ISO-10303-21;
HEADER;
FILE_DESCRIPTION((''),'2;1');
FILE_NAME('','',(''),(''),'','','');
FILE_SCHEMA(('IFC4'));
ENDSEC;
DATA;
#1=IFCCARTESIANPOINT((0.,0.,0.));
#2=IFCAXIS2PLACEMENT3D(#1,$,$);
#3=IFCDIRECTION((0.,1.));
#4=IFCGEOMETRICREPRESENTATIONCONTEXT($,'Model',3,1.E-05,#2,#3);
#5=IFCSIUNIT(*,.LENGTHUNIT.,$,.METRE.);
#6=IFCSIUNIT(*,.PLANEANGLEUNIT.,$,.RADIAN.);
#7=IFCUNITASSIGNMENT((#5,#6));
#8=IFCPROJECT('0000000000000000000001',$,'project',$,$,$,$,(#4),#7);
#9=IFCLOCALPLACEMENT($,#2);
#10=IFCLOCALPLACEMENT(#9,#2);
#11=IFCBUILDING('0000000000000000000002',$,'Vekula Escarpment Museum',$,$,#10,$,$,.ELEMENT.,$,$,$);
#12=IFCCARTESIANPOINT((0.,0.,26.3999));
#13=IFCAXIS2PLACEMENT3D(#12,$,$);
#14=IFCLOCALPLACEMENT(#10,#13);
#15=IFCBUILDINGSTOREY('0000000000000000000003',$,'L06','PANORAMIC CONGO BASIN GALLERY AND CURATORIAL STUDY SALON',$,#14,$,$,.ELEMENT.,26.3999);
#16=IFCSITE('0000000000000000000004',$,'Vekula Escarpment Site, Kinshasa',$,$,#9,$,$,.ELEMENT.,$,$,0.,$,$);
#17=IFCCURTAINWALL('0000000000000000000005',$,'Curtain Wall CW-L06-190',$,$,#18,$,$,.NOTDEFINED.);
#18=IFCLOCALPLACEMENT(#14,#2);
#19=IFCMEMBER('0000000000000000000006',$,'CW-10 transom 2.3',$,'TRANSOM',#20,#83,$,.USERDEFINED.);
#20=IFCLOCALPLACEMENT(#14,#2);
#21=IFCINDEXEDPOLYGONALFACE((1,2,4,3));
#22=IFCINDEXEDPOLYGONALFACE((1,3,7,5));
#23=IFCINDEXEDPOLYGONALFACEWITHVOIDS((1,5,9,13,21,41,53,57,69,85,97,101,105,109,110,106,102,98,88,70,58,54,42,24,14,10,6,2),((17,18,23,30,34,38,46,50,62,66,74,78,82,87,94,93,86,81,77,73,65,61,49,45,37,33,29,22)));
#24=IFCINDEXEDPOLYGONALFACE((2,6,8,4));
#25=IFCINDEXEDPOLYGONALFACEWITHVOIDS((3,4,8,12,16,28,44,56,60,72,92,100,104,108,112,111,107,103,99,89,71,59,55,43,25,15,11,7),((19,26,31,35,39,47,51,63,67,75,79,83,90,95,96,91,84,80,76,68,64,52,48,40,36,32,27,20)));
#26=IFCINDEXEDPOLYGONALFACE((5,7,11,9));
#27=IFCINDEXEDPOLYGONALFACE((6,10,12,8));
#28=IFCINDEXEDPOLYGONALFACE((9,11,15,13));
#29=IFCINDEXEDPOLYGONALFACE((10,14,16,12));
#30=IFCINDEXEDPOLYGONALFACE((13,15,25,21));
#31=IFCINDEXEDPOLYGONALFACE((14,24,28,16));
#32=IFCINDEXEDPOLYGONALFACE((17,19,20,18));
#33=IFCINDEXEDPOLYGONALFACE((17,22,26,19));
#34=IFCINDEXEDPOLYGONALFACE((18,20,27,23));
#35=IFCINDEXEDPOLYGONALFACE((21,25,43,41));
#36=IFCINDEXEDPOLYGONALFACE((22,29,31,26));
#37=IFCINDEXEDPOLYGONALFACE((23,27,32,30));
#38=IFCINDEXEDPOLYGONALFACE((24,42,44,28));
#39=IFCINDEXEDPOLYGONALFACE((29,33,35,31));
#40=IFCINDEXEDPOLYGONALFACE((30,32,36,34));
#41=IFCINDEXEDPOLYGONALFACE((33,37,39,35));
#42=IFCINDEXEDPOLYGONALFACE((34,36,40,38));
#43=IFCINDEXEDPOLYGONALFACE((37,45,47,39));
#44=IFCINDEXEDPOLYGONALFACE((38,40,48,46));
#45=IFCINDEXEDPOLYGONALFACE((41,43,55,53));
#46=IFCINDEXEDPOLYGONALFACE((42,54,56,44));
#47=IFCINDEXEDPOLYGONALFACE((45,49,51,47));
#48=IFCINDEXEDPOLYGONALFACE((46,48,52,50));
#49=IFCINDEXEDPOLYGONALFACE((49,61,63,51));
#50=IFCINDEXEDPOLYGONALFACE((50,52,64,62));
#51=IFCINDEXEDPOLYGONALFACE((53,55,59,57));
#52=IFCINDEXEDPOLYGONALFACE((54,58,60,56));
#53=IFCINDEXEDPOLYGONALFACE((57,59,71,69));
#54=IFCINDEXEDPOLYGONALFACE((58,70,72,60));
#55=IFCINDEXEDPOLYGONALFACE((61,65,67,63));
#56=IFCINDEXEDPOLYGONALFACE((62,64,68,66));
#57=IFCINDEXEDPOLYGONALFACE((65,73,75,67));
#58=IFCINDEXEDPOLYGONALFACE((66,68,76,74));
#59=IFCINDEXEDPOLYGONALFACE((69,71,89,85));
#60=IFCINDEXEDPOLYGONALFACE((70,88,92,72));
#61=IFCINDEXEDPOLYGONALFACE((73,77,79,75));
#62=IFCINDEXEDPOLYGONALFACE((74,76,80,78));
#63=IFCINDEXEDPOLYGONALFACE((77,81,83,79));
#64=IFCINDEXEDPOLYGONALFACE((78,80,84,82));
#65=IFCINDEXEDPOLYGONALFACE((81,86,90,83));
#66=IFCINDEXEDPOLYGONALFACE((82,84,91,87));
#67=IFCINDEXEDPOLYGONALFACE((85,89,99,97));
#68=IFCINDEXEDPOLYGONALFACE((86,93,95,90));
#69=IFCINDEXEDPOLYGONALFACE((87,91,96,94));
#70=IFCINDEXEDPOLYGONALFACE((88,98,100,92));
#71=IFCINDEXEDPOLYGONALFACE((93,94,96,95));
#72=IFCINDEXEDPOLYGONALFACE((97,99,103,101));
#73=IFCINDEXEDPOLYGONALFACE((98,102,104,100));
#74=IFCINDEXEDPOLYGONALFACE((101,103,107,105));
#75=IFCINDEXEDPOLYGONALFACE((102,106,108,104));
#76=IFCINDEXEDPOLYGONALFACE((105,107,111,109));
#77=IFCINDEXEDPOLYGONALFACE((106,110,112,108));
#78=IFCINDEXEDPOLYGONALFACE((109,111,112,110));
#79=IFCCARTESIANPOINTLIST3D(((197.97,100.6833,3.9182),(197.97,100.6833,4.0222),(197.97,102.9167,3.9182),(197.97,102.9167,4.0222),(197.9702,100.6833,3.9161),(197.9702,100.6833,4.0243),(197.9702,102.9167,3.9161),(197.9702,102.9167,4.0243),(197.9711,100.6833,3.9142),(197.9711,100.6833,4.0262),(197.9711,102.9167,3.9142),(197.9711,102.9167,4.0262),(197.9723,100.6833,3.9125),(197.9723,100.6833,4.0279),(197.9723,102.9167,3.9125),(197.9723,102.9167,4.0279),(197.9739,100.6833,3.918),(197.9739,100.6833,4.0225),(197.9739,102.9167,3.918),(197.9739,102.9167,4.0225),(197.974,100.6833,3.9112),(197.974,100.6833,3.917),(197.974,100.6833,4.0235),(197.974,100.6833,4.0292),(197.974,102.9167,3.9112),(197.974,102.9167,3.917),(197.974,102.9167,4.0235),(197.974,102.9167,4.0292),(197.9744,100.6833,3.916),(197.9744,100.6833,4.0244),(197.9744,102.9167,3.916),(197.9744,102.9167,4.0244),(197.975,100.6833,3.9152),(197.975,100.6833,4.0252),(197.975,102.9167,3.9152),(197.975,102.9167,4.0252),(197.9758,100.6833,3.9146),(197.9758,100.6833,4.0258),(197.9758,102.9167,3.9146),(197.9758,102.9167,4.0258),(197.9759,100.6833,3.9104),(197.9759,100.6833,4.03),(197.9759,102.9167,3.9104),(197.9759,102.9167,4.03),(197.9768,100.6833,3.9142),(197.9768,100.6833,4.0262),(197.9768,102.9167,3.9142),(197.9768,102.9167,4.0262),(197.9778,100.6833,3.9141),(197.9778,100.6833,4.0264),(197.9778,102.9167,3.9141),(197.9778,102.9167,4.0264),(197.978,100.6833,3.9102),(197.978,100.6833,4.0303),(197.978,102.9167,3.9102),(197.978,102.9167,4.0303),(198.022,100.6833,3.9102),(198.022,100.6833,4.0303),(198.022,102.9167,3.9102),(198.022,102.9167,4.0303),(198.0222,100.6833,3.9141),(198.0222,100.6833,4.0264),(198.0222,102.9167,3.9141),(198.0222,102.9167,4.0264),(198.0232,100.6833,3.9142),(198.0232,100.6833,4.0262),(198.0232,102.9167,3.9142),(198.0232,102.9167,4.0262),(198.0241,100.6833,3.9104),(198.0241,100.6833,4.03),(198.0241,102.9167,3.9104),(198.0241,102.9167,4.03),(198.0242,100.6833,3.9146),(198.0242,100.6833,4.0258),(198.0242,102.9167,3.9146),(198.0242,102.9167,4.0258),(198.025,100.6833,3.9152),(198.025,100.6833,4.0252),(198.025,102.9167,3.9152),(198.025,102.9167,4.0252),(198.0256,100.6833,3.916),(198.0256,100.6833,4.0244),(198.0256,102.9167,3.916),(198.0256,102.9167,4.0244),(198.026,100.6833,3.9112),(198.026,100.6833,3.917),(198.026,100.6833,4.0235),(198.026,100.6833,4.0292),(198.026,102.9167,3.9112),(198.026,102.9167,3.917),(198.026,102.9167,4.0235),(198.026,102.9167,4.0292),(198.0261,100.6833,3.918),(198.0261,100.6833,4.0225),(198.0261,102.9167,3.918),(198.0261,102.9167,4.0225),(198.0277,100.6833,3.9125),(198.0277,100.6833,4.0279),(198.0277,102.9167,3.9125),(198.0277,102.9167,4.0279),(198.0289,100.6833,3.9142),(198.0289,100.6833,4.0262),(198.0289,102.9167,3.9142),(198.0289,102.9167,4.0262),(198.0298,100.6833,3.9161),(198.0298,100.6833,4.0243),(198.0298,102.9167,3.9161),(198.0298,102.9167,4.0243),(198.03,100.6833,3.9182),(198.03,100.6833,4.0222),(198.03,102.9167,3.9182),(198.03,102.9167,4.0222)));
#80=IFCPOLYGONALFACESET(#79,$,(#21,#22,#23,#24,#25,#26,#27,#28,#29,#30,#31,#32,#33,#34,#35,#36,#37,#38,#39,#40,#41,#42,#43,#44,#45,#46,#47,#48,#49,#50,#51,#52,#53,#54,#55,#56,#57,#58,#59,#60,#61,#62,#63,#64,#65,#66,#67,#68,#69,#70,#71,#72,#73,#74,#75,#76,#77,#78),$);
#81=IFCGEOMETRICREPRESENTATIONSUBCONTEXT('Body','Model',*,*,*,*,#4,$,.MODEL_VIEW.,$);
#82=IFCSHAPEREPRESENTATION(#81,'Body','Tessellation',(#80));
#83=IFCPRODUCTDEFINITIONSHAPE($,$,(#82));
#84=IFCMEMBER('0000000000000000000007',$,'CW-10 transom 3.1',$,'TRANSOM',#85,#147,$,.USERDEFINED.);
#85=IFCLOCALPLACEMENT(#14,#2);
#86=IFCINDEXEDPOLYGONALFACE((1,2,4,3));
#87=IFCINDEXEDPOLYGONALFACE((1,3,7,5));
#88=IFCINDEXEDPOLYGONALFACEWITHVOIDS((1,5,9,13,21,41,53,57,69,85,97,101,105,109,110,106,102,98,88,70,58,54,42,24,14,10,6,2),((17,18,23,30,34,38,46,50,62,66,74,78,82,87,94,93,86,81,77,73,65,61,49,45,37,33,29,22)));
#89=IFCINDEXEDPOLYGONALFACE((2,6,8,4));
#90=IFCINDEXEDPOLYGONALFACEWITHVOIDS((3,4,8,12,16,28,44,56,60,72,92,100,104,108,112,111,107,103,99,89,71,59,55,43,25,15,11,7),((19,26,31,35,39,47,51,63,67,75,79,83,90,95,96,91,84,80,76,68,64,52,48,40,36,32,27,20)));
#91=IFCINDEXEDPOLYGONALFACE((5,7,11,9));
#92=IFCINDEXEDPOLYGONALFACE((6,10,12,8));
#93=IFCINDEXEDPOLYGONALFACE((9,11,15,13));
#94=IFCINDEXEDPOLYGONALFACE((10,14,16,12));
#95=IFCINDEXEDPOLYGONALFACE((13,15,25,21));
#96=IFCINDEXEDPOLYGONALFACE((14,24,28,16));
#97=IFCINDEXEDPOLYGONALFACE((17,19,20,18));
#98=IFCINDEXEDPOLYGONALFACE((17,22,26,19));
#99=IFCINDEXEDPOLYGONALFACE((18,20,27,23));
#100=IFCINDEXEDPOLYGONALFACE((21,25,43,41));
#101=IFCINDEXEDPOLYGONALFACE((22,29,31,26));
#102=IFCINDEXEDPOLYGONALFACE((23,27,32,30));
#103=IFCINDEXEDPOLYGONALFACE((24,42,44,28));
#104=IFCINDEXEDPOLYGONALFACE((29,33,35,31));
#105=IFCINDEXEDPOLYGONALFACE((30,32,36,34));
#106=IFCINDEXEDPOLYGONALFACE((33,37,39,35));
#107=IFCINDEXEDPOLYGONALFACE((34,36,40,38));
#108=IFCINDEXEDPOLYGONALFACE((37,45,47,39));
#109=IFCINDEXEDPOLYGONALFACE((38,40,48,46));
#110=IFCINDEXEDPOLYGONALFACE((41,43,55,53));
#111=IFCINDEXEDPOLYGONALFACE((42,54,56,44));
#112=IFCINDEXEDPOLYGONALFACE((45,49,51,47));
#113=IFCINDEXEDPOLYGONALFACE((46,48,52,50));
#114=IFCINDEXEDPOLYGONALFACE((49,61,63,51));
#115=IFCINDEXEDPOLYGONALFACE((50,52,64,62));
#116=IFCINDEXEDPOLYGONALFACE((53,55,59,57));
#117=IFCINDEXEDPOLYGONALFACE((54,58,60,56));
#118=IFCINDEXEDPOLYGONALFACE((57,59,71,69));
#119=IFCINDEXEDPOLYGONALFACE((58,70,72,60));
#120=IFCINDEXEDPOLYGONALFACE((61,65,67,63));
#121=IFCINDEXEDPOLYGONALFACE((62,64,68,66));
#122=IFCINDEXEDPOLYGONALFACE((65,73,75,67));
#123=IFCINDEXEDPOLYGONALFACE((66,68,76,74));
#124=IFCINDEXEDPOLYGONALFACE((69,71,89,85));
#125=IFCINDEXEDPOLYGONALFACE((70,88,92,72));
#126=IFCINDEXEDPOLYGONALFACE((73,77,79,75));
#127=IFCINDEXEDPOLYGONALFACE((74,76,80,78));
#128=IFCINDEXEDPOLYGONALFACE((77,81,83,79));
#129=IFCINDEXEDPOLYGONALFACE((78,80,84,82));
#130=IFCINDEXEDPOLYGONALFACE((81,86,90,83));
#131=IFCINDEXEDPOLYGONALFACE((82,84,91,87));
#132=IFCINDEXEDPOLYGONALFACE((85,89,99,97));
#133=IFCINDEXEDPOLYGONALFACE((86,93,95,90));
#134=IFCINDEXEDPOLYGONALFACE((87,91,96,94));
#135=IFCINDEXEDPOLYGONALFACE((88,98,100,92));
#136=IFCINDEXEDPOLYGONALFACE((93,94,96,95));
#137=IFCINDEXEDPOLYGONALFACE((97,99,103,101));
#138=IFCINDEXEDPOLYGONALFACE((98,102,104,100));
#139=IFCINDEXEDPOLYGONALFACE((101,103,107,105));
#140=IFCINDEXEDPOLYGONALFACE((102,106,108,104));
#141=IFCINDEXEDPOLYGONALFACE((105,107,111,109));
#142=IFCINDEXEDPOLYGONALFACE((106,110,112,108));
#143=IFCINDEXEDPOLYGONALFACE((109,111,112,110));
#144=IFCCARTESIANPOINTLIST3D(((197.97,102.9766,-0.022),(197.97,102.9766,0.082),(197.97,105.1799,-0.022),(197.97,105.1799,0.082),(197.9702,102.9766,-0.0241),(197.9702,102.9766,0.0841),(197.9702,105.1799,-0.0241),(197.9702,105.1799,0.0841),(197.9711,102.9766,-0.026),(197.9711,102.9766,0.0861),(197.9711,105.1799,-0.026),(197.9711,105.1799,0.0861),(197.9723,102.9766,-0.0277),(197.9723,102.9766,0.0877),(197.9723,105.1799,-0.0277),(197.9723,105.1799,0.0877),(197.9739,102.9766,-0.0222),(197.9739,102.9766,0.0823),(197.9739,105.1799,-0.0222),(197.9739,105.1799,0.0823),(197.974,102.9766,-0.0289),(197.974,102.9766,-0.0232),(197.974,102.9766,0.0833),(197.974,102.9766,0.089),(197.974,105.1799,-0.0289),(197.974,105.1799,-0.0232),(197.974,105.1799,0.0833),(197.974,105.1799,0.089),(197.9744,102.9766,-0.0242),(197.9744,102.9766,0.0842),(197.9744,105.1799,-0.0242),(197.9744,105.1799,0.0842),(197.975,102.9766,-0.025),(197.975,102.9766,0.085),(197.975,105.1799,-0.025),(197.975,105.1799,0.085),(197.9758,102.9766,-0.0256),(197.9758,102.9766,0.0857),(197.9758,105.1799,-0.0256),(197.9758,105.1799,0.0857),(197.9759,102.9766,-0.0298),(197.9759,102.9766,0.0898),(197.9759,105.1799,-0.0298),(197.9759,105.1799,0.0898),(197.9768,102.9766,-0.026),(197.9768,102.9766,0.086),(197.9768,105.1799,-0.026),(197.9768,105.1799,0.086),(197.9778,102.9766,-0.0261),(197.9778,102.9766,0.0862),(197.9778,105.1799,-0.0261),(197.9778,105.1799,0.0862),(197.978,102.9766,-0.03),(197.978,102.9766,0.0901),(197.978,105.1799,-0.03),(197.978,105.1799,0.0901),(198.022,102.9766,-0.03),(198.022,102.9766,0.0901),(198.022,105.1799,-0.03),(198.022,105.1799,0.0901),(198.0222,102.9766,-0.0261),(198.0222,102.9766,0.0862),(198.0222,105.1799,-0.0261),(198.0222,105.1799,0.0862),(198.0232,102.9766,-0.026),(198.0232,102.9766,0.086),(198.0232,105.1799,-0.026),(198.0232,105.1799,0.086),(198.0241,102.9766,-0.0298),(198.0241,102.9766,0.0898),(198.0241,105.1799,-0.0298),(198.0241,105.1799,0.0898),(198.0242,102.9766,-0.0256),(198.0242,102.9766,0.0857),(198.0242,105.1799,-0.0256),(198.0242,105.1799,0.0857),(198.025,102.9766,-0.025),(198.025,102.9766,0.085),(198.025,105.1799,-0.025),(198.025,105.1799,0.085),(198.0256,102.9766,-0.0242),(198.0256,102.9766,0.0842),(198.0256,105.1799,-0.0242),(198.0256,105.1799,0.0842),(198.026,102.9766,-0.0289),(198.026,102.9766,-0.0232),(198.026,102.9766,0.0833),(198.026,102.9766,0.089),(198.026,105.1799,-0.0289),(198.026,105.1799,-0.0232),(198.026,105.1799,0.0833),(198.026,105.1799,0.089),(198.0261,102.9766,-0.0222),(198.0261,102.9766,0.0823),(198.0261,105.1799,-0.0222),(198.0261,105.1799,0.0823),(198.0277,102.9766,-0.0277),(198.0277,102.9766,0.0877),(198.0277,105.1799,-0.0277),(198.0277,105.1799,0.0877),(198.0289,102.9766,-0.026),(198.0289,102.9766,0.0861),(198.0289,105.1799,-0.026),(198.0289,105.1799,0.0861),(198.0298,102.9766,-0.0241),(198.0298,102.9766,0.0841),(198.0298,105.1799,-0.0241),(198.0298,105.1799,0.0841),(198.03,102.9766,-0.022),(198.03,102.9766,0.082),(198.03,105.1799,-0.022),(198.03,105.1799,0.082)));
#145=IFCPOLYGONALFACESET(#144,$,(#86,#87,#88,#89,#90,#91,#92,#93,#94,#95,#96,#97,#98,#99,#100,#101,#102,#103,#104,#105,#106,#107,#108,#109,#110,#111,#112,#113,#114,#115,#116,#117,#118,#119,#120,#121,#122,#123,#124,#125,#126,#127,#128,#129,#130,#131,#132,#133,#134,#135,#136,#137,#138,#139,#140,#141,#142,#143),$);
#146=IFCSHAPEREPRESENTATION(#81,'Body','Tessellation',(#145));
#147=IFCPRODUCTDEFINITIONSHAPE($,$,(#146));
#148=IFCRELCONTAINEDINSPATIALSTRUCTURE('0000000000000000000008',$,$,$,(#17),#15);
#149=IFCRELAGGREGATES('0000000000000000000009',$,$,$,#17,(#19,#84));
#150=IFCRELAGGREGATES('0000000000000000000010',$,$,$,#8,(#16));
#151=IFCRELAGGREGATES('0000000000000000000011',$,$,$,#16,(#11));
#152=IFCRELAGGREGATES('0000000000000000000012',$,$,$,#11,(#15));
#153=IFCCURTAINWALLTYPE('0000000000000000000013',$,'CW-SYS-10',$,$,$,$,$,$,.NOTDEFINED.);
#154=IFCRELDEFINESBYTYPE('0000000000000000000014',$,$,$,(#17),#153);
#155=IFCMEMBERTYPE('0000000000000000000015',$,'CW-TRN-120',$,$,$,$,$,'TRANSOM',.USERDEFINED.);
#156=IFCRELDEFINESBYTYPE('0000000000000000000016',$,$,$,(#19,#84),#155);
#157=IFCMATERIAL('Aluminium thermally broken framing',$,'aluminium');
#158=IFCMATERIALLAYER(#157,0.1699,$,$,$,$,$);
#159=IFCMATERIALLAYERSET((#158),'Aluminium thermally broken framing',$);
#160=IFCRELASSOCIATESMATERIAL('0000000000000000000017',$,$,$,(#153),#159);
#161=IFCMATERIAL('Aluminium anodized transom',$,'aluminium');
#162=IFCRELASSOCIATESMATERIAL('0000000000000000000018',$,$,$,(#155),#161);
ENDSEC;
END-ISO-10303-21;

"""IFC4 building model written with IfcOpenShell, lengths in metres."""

from ifc_helpers import new_model, si_unit, direction, frame, origin, origin_2d, place, context, subcontext, project, spatial, hollow_rectangle, extrude, material, layer, layer_set, material_profile, profile_set, type_object, element, aggregate, save


model = new_model("IFC4")

# Units and contexts
model_context = context("Model", 3, precision=1e-05, world=origin(), true_north=direction((0.0, 1.0)))
body_context = subcontext(model_context, "Body", "Model", "MODEL_VIEW")
ifc_project = project(units=[si_unit("LENGTHUNIT", "METRE"), si_unit("PLANEANGLEUNIT", "RADIAN")], contexts=[model_context])

# Site, building, storey
site_placement = place(None, origin())
site = spatial("IfcSite", under=ifc_project, at=site_placement, Name="Vekula Escarpment Site, Kinshasa", CompositionType="ELEMENT", RefElevation=0.0)
building_placement = place(site_placement, origin())
building = spatial("IfcBuilding", under=site, at=building_placement, Name="Vekula Escarpment Museum", CompositionType="ELEMENT")
storey_placement = place(building_placement, frame((0.0, 0.0, 26.3999)))
storey = spatial("IfcBuildingStorey", under=building, at=storey_placement, Name="L06", Description="PANORAMIC CONGO BASIN GALLERY AND CURATORIAL STUDY SALON", CompositionType="ELEMENT", Elevation=26.3999)

# Curtain wall, members
ifc_material_1 = material(Name="Aluminium thermally broken framing", Category="aluminium")
ifc_layer_1 = layer(ifc_material_1, 0.1699)
ifc_layer_set_1 = layer_set([ifc_layer_1], Name="Aluminium thermally broken framing")
curtain_wall_type = type_object("IfcCurtainWallType", Name="CW-SYS-10", PredefinedType="NOTDEFINED", material=ifc_layer_set_1)
curtain_wall_placement = place(storey_placement, origin())
curtain_wall = element("IfcCurtainWall", 1, at=curtain_wall_placement, inside=storey, type_object=curtain_wall_type, Name="Curtain Wall CW-L06-190", PredefinedType="NOTDEFINED")
ifc_material_2 = material(Name="Aluminium anodized transom", Category="aluminium")
ifc_material_profile_1 = material_profile(ifc_material_2, hollow_rectangle(XDim=0.0601, YDim=0.1201, WallThickness=0.0039, InnerFilletRadius=0.0039, OuterFilletRadius=0.0081, at=origin_2d()), Name="ALU 120x60x4")
ifc_profile_set_1 = profile_set([ifc_material_profile_1], Name="Aluminium anodized transom")
member_type_1 = type_object("IfcMemberType", Name="CW-TRN-120", ElementType="TRANSOM", PredefinedType="USERDEFINED", material=ifc_profile_set_1)
member_1_placement = place(storey_placement, frame((198.0, 100.6833, 3.9702), z_axis=(0.0, 1.0, 0.0), x_axis=(-1.0, 0.0, 0.0)))
member_1 = element("IfcMember", 2, at=member_1_placement, type_object=member_type_1, Name="CW-10 transom 2.3", ObjectType="TRANSOM", PredefinedType="USERDEFINED", context=body_context, shape_type="SweptSolid", body=[
    extrude(hollow_rectangle(XDim=0.0601, YDim=0.1201, WallThickness=0.0039, InnerFilletRadius=0.0039, OuterFilletRadius=0.0081, at=origin_2d()), origin(), (0.0, 0.0, 1.0), 2.2334),
])
member_2_placement = place(storey_placement, frame((198.0, 102.9766, 0.03), z_axis=(0.0, 1.0, 0.0), x_axis=(-1.0, 0.0, 0.0)))
member_2 = element("IfcMember", 3, at=member_2_placement, type_object=member_type_1, Name="CW-10 transom 3.1", ObjectType="TRANSOM", PredefinedType="USERDEFINED", context=body_context, shape_type="SweptSolid", body=[
    extrude(hollow_rectangle(XDim=0.0601, YDim=0.1201, WallThickness=0.0039, InnerFilletRadius=0.0039, OuterFilletRadius=0.0081, at=origin_2d()), origin(), (0.0, 0.0, 1.0), 2.2034),
])

aggregate(curtain_wall, [member_1, member_2])

save(model, "model.ifc")
